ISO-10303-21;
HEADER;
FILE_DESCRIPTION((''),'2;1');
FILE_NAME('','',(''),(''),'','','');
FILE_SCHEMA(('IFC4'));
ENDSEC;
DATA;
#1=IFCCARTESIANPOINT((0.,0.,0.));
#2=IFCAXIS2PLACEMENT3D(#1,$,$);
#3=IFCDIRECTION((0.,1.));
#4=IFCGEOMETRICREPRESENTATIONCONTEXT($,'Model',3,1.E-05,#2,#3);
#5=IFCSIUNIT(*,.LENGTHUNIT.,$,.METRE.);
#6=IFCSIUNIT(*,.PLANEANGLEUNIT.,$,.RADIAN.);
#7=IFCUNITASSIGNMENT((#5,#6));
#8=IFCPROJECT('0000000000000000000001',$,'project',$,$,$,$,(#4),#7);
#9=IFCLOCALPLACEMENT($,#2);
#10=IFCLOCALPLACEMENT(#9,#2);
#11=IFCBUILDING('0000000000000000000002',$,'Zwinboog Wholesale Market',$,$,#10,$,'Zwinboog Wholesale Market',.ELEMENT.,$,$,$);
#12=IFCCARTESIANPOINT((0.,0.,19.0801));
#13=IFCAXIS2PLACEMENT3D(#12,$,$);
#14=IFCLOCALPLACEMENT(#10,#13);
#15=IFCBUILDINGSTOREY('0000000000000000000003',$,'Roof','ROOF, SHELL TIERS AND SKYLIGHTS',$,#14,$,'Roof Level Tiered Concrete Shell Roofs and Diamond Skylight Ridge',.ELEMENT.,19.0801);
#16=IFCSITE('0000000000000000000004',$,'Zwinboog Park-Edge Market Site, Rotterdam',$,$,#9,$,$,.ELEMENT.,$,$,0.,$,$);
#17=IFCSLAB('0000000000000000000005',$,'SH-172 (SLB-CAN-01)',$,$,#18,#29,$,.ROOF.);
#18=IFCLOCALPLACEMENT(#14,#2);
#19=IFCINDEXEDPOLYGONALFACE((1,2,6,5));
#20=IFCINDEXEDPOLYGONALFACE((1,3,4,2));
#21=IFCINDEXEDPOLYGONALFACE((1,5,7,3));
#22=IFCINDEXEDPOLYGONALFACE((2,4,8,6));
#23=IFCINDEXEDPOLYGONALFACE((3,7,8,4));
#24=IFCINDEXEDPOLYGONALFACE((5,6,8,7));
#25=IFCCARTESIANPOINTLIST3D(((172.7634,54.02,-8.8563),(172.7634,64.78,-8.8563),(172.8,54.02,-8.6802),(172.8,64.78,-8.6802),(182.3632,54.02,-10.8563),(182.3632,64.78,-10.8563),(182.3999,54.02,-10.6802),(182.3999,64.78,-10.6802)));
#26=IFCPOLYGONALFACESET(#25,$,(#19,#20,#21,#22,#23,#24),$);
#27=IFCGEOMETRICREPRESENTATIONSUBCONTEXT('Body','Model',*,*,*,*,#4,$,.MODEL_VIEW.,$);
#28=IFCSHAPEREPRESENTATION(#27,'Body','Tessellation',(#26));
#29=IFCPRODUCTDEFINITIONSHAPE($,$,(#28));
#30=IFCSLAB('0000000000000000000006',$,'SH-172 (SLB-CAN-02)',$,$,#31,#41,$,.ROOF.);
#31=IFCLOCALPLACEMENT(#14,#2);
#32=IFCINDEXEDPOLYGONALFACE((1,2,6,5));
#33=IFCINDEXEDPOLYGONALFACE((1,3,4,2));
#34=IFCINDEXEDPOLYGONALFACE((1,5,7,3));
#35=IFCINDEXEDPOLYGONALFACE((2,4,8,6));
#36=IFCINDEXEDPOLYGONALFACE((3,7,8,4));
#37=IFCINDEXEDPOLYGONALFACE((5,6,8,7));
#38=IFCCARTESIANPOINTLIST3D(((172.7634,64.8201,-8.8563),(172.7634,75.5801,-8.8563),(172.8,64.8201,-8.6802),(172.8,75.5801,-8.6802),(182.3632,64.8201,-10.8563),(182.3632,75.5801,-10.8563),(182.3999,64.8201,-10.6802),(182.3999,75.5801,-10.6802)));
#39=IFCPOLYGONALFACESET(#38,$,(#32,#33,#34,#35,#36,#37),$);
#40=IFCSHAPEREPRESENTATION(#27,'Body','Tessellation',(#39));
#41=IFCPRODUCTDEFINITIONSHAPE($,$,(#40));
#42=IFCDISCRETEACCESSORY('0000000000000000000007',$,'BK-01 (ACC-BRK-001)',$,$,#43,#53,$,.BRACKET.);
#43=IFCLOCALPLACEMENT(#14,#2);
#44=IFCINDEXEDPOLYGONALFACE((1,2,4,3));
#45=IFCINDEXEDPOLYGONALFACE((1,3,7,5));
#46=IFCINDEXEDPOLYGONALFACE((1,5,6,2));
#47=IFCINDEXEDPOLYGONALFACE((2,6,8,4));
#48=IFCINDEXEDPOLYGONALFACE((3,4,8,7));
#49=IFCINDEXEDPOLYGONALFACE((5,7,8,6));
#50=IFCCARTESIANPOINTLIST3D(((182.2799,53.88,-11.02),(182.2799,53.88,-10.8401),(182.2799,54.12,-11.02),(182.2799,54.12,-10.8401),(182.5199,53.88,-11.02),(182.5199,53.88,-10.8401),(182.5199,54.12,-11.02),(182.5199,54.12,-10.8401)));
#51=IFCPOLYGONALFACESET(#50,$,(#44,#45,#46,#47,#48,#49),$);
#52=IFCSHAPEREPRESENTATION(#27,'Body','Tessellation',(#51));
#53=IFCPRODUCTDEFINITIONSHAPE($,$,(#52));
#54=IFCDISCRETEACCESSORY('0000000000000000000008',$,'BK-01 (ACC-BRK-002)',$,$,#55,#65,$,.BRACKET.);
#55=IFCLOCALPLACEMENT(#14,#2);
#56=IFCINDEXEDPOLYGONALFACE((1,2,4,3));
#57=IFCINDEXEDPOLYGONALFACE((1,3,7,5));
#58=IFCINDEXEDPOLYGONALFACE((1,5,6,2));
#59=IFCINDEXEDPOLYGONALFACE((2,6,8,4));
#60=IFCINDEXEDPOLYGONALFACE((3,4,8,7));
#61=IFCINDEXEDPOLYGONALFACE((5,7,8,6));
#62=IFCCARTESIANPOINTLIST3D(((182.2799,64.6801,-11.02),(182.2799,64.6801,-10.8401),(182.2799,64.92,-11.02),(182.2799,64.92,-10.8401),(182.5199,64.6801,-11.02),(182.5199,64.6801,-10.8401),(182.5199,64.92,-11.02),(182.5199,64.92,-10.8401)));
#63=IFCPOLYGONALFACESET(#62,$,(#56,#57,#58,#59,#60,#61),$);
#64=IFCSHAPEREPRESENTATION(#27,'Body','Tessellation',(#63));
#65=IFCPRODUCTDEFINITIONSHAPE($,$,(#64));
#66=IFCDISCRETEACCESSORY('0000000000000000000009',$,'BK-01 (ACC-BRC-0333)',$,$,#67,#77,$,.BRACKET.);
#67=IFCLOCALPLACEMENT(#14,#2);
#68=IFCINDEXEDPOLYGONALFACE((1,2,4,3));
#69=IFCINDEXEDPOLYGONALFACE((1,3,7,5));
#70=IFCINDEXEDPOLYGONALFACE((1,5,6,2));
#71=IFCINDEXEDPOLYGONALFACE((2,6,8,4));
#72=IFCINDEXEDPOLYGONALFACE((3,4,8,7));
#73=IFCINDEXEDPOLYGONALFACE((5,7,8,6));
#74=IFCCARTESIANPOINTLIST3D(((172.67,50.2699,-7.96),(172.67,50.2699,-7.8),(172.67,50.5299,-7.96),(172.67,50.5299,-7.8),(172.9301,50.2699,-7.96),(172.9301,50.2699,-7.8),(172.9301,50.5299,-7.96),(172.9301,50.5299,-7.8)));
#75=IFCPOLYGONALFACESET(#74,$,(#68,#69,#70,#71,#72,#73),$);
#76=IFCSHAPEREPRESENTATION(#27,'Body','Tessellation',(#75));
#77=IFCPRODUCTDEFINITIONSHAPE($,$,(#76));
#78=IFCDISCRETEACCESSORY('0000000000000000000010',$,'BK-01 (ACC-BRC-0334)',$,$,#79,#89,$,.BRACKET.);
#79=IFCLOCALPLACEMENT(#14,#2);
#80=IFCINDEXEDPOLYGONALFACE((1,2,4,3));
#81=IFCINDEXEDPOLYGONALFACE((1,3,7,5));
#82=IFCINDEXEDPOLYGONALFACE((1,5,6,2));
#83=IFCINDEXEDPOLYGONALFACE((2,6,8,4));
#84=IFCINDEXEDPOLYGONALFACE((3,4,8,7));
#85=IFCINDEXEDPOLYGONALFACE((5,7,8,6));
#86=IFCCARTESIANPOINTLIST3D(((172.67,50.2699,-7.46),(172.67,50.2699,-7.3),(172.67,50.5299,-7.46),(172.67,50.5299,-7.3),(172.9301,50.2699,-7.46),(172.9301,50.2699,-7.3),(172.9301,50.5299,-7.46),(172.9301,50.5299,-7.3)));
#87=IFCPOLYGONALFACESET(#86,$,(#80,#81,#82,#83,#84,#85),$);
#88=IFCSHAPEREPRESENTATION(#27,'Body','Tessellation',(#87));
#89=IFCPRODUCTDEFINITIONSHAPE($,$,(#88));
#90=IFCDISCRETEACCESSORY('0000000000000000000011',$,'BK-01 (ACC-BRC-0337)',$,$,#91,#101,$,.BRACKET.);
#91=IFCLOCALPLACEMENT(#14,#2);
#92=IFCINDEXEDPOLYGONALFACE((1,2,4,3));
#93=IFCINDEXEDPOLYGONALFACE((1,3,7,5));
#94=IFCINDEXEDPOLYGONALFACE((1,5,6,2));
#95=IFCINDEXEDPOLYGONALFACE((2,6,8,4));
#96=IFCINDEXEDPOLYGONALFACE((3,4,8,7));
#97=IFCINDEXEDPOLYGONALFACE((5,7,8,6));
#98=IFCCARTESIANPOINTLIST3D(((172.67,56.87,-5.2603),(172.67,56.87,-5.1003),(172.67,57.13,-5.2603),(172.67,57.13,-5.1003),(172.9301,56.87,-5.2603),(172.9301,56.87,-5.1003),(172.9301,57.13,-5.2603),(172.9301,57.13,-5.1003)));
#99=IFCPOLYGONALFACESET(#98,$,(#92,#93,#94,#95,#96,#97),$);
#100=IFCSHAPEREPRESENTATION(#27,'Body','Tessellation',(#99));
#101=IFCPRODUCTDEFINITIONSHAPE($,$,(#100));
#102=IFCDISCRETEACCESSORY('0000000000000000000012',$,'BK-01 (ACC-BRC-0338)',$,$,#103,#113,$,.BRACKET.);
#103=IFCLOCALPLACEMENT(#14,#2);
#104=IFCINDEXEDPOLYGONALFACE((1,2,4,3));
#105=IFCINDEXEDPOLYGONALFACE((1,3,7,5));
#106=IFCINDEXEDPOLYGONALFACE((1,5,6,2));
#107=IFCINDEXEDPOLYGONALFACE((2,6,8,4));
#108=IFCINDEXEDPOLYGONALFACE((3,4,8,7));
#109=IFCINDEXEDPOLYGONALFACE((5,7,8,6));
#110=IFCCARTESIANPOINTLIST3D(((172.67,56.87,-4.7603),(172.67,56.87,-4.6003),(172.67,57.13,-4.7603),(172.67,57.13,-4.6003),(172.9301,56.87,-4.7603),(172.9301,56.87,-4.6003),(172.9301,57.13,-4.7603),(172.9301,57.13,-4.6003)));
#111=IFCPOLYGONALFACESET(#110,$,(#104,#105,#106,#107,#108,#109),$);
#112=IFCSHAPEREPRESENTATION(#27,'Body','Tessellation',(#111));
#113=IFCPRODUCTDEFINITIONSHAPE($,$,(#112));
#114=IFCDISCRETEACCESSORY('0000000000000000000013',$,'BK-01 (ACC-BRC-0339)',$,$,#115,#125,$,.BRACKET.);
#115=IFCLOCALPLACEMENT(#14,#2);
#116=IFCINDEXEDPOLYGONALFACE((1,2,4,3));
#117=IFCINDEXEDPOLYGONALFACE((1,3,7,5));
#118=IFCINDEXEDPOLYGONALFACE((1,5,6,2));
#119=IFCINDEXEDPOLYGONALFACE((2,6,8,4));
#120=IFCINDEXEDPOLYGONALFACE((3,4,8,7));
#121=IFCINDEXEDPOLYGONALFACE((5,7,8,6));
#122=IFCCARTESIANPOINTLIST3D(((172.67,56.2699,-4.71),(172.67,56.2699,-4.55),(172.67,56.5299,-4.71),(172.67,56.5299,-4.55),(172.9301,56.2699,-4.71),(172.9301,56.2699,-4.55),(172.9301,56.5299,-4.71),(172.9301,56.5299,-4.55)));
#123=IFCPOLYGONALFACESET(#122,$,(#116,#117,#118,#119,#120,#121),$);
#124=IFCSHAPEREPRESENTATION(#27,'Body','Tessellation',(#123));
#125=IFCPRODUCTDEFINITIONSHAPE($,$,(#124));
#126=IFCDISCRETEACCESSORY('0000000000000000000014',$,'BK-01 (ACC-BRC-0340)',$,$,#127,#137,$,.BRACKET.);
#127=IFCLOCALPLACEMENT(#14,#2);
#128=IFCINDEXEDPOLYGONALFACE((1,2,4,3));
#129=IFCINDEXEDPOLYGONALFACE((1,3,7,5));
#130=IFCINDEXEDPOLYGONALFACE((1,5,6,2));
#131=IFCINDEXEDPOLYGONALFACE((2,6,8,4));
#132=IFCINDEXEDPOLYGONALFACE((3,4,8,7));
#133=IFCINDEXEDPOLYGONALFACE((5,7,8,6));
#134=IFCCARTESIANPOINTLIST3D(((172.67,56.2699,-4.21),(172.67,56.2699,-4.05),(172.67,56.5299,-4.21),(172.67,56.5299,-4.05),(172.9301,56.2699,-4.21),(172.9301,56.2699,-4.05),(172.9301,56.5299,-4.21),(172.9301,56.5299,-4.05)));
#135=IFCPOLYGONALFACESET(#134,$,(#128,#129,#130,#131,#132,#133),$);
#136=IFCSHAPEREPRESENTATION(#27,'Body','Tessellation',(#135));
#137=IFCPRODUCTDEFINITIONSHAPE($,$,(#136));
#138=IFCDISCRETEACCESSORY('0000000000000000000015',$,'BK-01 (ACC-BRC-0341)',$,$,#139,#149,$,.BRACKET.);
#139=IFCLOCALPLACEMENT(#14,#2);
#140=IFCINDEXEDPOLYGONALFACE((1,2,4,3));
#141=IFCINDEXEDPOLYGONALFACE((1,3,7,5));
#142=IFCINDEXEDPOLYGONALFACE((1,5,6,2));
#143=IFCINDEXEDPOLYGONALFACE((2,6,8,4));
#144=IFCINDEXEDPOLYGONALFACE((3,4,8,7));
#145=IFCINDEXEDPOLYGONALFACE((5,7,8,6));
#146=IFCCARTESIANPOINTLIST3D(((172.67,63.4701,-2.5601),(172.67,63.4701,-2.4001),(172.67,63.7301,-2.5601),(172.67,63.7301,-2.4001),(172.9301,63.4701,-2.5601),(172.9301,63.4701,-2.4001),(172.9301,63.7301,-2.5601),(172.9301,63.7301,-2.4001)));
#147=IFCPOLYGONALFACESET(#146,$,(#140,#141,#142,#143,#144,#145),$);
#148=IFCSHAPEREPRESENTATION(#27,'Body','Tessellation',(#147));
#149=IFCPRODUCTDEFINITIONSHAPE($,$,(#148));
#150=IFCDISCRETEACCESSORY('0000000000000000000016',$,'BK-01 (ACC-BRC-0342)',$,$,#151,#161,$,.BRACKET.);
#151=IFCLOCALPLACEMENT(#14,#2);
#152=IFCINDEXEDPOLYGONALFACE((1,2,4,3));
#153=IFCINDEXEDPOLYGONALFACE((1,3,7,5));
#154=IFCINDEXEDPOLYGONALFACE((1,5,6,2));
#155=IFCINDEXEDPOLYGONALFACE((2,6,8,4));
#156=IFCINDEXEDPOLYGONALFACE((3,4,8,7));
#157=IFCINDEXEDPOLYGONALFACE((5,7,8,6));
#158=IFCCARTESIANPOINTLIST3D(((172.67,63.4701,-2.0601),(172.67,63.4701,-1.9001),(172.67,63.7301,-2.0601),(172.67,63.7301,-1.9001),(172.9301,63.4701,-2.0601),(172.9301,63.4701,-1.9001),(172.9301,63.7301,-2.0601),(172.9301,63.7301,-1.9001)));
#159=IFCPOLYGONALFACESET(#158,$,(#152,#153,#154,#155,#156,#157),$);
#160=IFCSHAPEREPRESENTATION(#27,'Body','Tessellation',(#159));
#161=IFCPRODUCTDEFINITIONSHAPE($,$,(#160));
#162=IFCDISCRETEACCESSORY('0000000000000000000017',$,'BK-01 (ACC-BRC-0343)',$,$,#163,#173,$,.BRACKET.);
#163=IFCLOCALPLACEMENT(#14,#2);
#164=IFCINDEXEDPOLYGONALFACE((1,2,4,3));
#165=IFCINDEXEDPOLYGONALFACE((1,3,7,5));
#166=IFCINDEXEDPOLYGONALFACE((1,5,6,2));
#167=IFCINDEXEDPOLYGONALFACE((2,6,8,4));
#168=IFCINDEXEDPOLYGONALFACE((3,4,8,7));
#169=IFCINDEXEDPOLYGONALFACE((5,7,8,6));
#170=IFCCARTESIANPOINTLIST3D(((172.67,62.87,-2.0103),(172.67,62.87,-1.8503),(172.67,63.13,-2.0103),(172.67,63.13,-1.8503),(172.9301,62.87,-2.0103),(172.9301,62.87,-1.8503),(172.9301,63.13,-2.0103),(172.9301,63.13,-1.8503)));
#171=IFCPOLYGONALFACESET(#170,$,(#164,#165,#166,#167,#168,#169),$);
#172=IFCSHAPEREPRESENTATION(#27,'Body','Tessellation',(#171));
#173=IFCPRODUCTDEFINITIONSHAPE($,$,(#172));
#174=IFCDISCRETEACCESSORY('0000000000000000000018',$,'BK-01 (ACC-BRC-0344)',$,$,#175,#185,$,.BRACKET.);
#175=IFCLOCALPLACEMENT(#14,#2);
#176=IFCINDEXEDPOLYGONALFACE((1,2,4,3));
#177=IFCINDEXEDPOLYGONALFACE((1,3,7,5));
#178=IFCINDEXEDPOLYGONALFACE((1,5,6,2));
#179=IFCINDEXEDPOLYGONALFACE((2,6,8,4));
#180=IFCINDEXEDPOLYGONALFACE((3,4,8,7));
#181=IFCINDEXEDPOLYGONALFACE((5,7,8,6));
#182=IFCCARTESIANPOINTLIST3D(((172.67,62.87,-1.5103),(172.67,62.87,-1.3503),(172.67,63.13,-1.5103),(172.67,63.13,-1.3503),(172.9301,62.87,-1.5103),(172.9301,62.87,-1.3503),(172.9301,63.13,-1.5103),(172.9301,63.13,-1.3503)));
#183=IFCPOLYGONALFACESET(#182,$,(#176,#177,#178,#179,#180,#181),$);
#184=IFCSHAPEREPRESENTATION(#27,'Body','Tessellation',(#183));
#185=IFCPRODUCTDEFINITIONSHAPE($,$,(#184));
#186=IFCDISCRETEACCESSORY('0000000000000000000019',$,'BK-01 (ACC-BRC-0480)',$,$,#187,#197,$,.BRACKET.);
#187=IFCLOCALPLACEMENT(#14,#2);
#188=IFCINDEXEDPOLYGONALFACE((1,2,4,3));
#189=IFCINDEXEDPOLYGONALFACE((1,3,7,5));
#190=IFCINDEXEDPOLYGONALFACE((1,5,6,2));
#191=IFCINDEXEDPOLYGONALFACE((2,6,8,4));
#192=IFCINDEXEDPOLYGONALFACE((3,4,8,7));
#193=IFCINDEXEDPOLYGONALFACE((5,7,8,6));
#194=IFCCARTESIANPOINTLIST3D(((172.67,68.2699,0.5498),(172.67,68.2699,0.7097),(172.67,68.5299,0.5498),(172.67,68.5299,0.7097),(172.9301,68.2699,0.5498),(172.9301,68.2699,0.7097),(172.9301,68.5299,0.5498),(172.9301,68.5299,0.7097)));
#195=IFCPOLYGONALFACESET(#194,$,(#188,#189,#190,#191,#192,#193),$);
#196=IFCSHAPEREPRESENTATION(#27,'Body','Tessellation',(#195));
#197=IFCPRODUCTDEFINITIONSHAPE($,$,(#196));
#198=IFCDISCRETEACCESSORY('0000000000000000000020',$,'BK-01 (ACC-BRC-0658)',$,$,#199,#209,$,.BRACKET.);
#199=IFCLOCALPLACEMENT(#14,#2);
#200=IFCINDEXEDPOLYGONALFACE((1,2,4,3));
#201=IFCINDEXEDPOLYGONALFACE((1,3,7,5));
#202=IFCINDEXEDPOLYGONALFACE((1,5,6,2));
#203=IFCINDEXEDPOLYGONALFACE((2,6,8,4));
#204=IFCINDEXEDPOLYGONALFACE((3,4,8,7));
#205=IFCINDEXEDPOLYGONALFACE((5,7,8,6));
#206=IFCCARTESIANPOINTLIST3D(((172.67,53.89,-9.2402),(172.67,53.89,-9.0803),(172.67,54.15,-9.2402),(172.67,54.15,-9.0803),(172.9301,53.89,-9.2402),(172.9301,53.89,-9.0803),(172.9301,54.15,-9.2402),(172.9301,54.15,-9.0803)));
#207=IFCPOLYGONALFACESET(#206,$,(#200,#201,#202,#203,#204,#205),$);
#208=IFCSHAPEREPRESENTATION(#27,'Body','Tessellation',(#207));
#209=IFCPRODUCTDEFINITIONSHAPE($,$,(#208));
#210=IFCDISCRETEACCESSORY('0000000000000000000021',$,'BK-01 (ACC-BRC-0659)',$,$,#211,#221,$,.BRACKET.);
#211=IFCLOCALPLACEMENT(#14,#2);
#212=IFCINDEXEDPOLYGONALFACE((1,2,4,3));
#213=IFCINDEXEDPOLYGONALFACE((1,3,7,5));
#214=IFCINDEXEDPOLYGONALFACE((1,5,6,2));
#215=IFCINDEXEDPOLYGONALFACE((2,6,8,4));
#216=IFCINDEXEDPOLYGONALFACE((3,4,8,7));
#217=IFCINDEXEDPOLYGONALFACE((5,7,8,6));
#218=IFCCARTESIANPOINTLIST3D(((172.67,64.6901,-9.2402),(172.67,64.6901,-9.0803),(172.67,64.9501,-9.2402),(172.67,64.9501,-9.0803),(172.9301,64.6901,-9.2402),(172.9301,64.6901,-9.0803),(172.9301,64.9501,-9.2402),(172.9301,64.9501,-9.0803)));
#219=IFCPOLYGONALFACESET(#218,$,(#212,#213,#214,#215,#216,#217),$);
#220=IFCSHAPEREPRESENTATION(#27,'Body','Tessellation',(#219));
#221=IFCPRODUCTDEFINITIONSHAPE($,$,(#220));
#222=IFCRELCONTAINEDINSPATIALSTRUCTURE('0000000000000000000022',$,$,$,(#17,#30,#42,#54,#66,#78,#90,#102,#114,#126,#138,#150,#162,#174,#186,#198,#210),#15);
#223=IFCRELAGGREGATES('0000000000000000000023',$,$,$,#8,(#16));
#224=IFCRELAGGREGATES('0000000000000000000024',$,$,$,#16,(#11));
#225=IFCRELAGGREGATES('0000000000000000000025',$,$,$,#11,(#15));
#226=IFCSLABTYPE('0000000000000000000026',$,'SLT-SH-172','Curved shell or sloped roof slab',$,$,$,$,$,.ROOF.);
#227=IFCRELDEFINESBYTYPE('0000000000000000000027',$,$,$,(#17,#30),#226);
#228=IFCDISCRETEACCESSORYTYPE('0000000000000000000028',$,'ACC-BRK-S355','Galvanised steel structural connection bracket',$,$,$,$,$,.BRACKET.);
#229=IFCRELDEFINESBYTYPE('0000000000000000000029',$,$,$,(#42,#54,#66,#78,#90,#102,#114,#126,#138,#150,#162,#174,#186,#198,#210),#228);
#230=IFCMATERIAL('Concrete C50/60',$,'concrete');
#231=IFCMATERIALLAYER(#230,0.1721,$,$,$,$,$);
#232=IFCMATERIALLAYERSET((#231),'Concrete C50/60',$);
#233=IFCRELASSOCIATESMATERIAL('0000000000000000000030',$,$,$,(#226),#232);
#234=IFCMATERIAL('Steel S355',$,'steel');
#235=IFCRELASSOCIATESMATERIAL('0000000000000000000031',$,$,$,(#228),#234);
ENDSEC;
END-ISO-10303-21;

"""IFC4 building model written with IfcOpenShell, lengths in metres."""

from ifc_helpers import new_model, si_unit, direction, frame, origin, origin_2d, place, context, subcontext, project, spatial, polyline, rectangle, outline, extrude, material, layer, layer_set, type_object, element, save


model = new_model("IFC4")

# Units and contexts
model_context = context("Model", 3, precision=1e-05, world=origin(), true_north=direction((0.0, 1.0)))
body_context = subcontext(model_context, "Body", "Model", "MODEL_VIEW")
ifc_project = project(units=[si_unit("LENGTHUNIT", "METRE"), si_unit("PLANEANGLEUNIT", "RADIAN")], contexts=[model_context])

# Site, building, storey
site_placement = place(None, origin())
site = spatial("IfcSite", under=ifc_project, at=site_placement, Name="Zwinboog Park-Edge Market Site, Rotterdam", CompositionType="ELEMENT", RefElevation=0.0)
building_placement = place(site_placement, origin())
building = spatial("IfcBuilding", under=site, at=building_placement, Name="Zwinboog Wholesale Market", LongName="Zwinboog Wholesale Market", CompositionType="ELEMENT")
storey_placement = place(building_placement, frame((0.0, 0.0, 19.0801)))
storey = spatial("IfcBuildingStorey", under=building, at=storey_placement, Name="Roof", Description="ROOF, SHELL TIERS AND SKYLIGHTS", LongName="Roof Level Tiered Concrete Shell Roofs and Diamond Skylight Ridge", CompositionType="ELEMENT", Elevation=19.0801)

# Shared definitions
ifc_material_1 = material(Name="Steel S355", Category="steel")

# Slabs
ifc_material_2 = material(Name="Concrete C50/60", Category="concrete")
ifc_layer = layer(ifc_material_2, 0.1721)
ifc_layer_set = layer_set([ifc_layer], Name="Concrete C50/60")
slab_type = type_object("IfcSlabType", Name="SLT-SH-172", Description="Curved shell or sloped roof slab", PredefinedType="ROOF", material=ifc_layer_set)
for number, where, z_axis, x_axis, name in (
    (1, (172.8, 54.02, -8.6802), (0.203957, 0.0, 0.97898), (0.97898, 0.0, -0.203957), "SH-172 (SLB-CAN-01)"),
    (2, (172.8, 64.8201, -8.6802), (0.203957, 0.0, 0.97898), (0.97898, 0.0, -0.203957), "SH-172 (SLB-CAN-02)"),
):
    element("IfcSlab", number, at=place(storey_placement, frame(where, z_axis=z_axis, x_axis=x_axis)), inside=storey, type_object=slab_type, Name=name, PredefinedType="ROOF", context=body_context, shape_type="SweptSolid", body=[
        extrude(outline(polyline([(0.0, 0.0), (9.806, 0.0), (9.806, 10.76), (0.0, 10.76), (0.0, 0.0)])), origin(), (0.0, 0.0, -1.0), 0.1799),
    ])

# Discrete accessories
discrete_accessory_type = type_object("IfcDiscreteAccessoryType", Name="ACC-BRK-S355", Description="Galvanised steel structural connection bracket", PredefinedType="BRACKET", material=ifc_material_1)
for number, where, z_axis, x_axis, name in (
    (3, (182.3999, 54.0, -11.02), (0.0, 0.0, 1.0), (1.0, 0.0, 0.0), "BK-01 (ACC-BRK-001)"),
    (4, (182.3999, 64.8, -11.02), (0.0, 0.0, 1.0), (1.0, 0.0, 0.0), "BK-01 (ACC-BRK-002)"),
):
    element("IfcDiscreteAccessory", number, at=place(storey_placement, frame(where, z_axis=z_axis, x_axis=x_axis)), inside=storey, type_object=discrete_accessory_type, Name=name, PredefinedType="BRACKET", context=body_context, shape_type="SweptSolid", body=[
        extrude(rectangle(XDim=0.24, YDim=0.24, at=origin_2d()), origin(), (0.0, 0.0, 1.0), 0.1799),
    ])
for number, where, z_axis, x_axis, name in (
    (5, (172.8, 50.3999, -7.96), (0.0, 0.0, 1.0), (1.0, 0.0, 0.0), "BK-01 (ACC-BRC-0333)"),
    (6, (172.8, 50.3999, -7.46), (0.0, 0.0, 1.0), (1.0, 0.0, 0.0), "BK-01 (ACC-BRC-0334)"),
    (7, (172.8, 57.0, -5.2603), (0.0, 0.0, 1.0), (1.0, 0.0, 0.0), "BK-01 (ACC-BRC-0337)"),
    (8, (172.8, 57.0, -4.7603), (0.0, 0.0, 1.0), (1.0, 0.0, 0.0), "BK-01 (ACC-BRC-0338)"),
    (9, (172.8, 56.3999, -4.71), (0.0, 0.0, 1.0), (1.0, 0.0, 0.0), "BK-01 (ACC-BRC-0339)"),
    (10, (172.8, 56.3999, -4.21), (0.0, 0.0, 1.0), (1.0, 0.0, 0.0), "BK-01 (ACC-BRC-0340)"),
    (11, (172.8, 63.6001, -2.5601), (0.0, 0.0, 1.0), (1.0, 0.0, 0.0), "BK-01 (ACC-BRC-0341)"),
    (12, (172.8, 63.6001, -2.0601), (0.0, 0.0, 1.0), (1.0, 0.0, 0.0), "BK-01 (ACC-BRC-0342)"),
    (13, (172.8, 63.0, -2.0103), (0.0, 0.0, 1.0), (1.0, 0.0, 0.0), "BK-01 (ACC-BRC-0343)"),
    (14, (172.8, 63.0, -1.5103), (0.0, 0.0, 1.0), (1.0, 0.0, 0.0), "BK-01 (ACC-BRC-0344)"),
    (15, (172.8, 68.3999, 0.5498), (0.0, 0.0, 1.0), (1.0, 0.0, 0.0), "BK-01 (ACC-BRC-0480)"),
    (16, (172.8, 54.02, -9.2402), (0.0, 0.0, 1.0), (1.0, 0.0, 0.0), "BK-01 (ACC-BRC-0658)"),
    (17, (172.8, 64.8201, -9.2402), (0.0, 0.0, 1.0), (1.0, 0.0, 0.0), "BK-01 (ACC-BRC-0659)"),
):
    element("IfcDiscreteAccessory", number, at=place(storey_placement, frame(where, z_axis=z_axis, x_axis=x_axis)), inside=storey, type_object=discrete_accessory_type, Name=name, PredefinedType="BRACKET", context=body_context, shape_type="SweptSolid", body=[
        extrude(rectangle(XDim=0.26, YDim=0.26, at=origin_2d()), origin(), (0.0, 0.0, 1.0), 0.1599),
    ])

save(model, "model.ifc")
